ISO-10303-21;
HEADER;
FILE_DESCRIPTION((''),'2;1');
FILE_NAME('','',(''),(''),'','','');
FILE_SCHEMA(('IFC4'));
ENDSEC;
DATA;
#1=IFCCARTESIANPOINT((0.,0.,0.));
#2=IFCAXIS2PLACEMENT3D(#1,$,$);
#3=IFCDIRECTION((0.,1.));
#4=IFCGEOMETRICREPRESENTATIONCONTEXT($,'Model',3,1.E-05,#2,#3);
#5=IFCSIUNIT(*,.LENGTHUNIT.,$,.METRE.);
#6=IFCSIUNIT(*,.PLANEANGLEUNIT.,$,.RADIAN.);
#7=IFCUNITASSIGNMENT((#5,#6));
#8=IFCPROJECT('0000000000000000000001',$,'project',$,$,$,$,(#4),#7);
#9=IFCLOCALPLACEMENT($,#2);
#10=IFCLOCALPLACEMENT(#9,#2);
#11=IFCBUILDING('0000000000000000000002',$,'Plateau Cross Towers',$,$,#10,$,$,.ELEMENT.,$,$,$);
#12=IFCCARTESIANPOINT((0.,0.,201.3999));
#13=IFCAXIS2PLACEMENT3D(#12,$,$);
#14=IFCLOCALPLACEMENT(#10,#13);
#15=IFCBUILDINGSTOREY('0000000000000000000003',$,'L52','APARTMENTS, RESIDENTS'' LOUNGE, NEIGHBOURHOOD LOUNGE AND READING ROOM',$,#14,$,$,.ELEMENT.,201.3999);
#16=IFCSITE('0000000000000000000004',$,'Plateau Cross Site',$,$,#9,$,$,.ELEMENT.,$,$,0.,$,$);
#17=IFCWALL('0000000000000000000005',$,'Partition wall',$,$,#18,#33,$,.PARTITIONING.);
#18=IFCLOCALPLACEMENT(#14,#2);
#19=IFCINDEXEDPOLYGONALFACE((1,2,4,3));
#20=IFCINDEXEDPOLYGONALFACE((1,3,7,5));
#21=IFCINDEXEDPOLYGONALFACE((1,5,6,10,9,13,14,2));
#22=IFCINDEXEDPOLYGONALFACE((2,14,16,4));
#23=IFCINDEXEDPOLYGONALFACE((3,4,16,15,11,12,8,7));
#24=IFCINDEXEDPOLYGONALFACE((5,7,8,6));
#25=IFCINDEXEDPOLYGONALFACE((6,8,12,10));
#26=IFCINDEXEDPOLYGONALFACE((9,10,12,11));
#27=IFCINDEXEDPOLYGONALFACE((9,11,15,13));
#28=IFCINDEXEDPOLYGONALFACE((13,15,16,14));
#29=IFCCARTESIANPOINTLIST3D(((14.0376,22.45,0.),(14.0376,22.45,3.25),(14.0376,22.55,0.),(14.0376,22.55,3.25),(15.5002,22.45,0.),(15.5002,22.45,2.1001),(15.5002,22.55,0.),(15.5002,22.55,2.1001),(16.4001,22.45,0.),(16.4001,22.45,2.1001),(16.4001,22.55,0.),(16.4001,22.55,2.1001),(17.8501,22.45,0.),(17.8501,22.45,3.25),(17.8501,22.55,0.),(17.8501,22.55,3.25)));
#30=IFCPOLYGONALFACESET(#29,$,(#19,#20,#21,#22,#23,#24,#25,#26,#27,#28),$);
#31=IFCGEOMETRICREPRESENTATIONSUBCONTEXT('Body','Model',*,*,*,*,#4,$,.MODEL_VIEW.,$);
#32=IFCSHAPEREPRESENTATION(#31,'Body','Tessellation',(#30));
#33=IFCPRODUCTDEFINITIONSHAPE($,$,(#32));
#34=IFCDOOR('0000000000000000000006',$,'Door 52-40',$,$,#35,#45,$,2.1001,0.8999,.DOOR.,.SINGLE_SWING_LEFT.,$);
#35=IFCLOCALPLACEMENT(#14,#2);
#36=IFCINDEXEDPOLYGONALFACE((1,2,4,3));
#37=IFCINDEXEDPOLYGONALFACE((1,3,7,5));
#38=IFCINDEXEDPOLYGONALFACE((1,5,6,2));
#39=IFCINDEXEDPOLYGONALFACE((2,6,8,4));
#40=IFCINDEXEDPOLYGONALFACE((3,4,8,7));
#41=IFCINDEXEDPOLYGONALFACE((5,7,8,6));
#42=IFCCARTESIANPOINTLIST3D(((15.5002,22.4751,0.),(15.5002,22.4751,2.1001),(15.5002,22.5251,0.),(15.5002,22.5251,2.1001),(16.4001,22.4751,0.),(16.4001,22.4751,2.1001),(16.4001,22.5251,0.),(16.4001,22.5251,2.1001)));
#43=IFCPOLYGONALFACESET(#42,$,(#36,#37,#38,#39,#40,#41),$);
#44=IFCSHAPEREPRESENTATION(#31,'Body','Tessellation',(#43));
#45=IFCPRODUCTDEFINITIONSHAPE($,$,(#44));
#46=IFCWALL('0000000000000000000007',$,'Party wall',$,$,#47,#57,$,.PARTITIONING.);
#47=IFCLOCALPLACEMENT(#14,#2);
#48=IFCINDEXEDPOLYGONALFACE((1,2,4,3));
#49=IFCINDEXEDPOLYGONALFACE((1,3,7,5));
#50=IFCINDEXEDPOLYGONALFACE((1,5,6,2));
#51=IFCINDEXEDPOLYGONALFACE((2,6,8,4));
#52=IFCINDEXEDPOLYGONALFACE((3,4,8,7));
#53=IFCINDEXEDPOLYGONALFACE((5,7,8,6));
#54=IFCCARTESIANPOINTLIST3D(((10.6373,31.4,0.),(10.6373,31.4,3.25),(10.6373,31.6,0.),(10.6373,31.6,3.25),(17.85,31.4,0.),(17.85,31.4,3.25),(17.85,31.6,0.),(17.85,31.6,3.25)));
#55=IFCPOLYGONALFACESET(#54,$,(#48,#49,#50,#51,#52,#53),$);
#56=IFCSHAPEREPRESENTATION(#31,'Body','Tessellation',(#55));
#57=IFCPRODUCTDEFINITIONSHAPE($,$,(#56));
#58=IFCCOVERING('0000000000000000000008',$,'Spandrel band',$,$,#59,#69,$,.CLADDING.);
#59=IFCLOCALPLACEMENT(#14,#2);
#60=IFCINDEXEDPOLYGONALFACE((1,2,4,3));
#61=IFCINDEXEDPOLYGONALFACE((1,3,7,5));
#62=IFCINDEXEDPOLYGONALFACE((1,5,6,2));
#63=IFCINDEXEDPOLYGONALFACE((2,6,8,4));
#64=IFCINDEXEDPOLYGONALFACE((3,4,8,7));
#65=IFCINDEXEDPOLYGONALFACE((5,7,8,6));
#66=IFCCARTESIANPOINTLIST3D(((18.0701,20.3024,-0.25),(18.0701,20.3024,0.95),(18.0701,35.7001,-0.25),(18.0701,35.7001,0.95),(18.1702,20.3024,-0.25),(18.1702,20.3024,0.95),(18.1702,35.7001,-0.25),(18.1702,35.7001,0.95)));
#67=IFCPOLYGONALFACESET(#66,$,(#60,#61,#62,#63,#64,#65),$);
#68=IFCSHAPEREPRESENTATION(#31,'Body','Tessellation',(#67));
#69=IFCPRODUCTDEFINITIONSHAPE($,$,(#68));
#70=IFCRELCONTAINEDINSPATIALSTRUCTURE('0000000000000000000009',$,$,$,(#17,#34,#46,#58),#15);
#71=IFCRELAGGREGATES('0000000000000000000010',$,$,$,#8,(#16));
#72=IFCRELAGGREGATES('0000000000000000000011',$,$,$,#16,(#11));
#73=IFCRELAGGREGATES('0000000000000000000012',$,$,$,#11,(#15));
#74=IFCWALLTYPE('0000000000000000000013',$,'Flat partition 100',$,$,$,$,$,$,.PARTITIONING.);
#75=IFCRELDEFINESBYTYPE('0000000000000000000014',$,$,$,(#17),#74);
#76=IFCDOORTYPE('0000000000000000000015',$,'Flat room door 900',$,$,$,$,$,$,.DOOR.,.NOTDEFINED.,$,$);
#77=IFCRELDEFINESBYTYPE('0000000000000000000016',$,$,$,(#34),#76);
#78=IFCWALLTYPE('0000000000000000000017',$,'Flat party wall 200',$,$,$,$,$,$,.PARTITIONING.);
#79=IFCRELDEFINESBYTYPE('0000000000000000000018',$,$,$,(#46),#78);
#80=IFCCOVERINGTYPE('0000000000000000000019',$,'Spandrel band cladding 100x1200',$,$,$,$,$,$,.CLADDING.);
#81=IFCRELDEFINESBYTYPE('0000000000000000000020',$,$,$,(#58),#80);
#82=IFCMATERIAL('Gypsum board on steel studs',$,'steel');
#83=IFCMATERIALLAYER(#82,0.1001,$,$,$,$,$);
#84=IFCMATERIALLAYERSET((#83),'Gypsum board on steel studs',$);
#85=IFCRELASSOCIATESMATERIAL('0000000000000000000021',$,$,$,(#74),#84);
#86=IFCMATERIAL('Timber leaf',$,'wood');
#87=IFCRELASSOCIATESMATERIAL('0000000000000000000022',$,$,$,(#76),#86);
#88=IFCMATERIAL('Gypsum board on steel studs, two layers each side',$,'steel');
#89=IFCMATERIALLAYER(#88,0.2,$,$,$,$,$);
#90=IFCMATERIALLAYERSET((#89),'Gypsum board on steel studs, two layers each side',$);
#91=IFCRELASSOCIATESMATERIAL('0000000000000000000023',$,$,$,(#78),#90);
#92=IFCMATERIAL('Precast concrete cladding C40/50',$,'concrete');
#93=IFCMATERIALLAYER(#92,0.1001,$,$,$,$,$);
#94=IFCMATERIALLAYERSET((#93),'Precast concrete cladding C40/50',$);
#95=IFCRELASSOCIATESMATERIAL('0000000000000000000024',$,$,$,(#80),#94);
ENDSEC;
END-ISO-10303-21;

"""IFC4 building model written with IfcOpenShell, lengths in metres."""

from ifc_helpers import new_model, si_unit, direction, frame, frame_2d, origin, origin_2d, place, context, subcontext, project, spatial, rectangle, extrude, material, layer, layer_set, type_object, element, fill, save


model = new_model("IFC4")

# Units and contexts
model_context = context("Model", 3, precision=1e-05, world=origin(), true_north=direction((0.0, 1.0)))
body_context = subcontext(model_context, "Body", "Model", "MODEL_VIEW")
ifc_project = project(units=[si_unit("LENGTHUNIT", "METRE"), si_unit("PLANEANGLEUNIT", "RADIAN")], contexts=[model_context])

# Site, building, storey
site_placement = place(None, origin())
site = spatial("IfcSite", under=ifc_project, at=site_placement, Name="Plateau Cross Site", CompositionType="ELEMENT", RefElevation=0.0)
building_placement = place(site_placement, origin())
building = spatial("IfcBuilding", under=site, at=building_placement, Name="Plateau Cross Towers", CompositionType="ELEMENT")
storey_placement = place(building_placement, frame((0.0, 0.0, 201.3999)))
storey = spatial("IfcBuildingStorey", under=building, at=storey_placement, Name="L52", Description="APARTMENTS, RESIDENTS' LOUNGE, NEIGHBOURHOOD LOUNGE AND READING ROOM", CompositionType="ELEMENT", Elevation=201.3999)

# Wall, opening, door
ifc_material_1 = material(Name="Gypsum board on steel studs", Category="steel")
ifc_layer_1 = layer(ifc_material_1, 0.1001)
ifc_layer_set_1 = layer_set([ifc_layer_1], Name="Gypsum board on steel studs")
wall_type_1 = type_object("IfcWallType", Name="Flat partition 100", PredefinedType="PARTITIONING", material=ifc_layer_set_1)
wall_1_placement = place(storey_placement, frame((17.8501, 22.5, 0.0), z_axis=(0.0, 0.0, 1.0), x_axis=(-1.0, 0.0, 0.0)))
wall_1 = element("IfcWall", 1, at=wall_1_placement, inside=storey, type_object=wall_type_1, Name="Partition wall", PredefinedType="PARTITIONING", context=body_context, shape_type="SweptSolid", body=[
    extrude(rectangle(XDim=3.8125, YDim=0.1001, at=frame_2d((1.9062, 0.0))), origin(), (0.0, 0.0, 1.0), 3.25),
])
opening_1_placement = place(wall_1_placement, frame((1.45, 0.0, 0.0)))
opening_1 = element("IfcOpeningElement", 2, at=opening_1_placement, cuts=wall_1, PredefinedType="OPENING", context=body_context, shape_type="SweptSolid", body=[
    extrude(rectangle(XDim=0.8999, YDim=2.1001, at=frame_2d((0.45, 1.05))), frame((0.0, 0.0601, 0.0), z_axis=(0.0, -1.0, 0.0), x_axis=(1.0, 0.0, 0.0)), (0.0, 0.0, 1.0), 0.1201),
])
ifc_material_2 = material(Name="Timber leaf", Category="wood")
door_type_1 = type_object("IfcDoorType", Name="Flat room door 900", OperationType="NOTDEFINED", PredefinedType="DOOR", material=ifc_material_2)
door_1_placement = place(opening_1_placement, origin())
door_1 = element("IfcDoor", 3, at=door_1_placement, inside=storey, type_object=door_type_1, Name="Door 52-40", OperationType="SINGLE_SWING_LEFT", OverallHeight=2.1001, OverallWidth=0.8999, PredefinedType="DOOR", context=body_context, shape_type="SweptSolid", body=[
    extrude(rectangle(XDim=0.8999, YDim=2.1001, at=frame_2d((0.45, 1.05))), frame((0.0, 0.0249, 0.0), z_axis=(0.0, -1.0, 0.0), x_axis=(1.0, 0.0, 0.0)), (0.0, 0.0, 1.0), 0.05),
])
fill(opening_1, door_1)

# Wall
ifc_material_3 = material(Name="Gypsum board on steel studs, two layers each side", Category="steel")
ifc_layer_2 = layer(ifc_material_3, 0.2)
ifc_layer_set_2 = layer_set([ifc_layer_2], Name="Gypsum board on steel studs, two layers each side")
wall_type_2 = type_object("IfcWallType", Name="Flat party wall 200", PredefinedType="PARTITIONING", material=ifc_layer_set_2)
wall_2_placement = place(storey_placement, frame((17.8501, 31.5, 0.0), z_axis=(0.0, 0.0, 1.0), x_axis=(-1.0, 0.0, 0.0)))
element("IfcWall", 4, at=wall_2_placement, inside=storey, type_object=wall_type_2, Name="Party wall", PredefinedType="PARTITIONING", context=body_context, shape_type="SweptSolid", body=[
    extrude(rectangle(XDim=7.2126, YDim=0.2, at=frame_2d((3.6064, 0.0))), origin(), (0.0, 0.0, 1.0), 3.25),
])

# Covering
ifc_material_4 = material(Name="Precast concrete cladding C40/50", Category="concrete")
ifc_layer_3 = layer(ifc_material_4, 0.1001)
ifc_layer_set_3 = layer_set([ifc_layer_3], Name="Precast concrete cladding C40/50")
covering_type = type_object("IfcCoveringType", Name="Spandrel band cladding 100x1200", PredefinedType="CLADDING", material=ifc_layer_set_3)
covering_placement = place(storey_placement, frame((18.1201, 28.0012, -0.25), z_axis=(0.0, 0.0, 1.0), x_axis=(0.0, 1.0, 0.0)))
element("IfcCovering", 5, at=covering_placement, inside=storey, type_object=covering_type, Name="Spandrel band", PredefinedType="CLADDING", context=body_context, shape_type="SweptSolid", body=[
    extrude(rectangle(XDim=15.3977, YDim=0.1001, at=origin_2d()), origin(), (0.0, 0.0, 1.0), 1.2),
])

save(model, "model.ifc")
